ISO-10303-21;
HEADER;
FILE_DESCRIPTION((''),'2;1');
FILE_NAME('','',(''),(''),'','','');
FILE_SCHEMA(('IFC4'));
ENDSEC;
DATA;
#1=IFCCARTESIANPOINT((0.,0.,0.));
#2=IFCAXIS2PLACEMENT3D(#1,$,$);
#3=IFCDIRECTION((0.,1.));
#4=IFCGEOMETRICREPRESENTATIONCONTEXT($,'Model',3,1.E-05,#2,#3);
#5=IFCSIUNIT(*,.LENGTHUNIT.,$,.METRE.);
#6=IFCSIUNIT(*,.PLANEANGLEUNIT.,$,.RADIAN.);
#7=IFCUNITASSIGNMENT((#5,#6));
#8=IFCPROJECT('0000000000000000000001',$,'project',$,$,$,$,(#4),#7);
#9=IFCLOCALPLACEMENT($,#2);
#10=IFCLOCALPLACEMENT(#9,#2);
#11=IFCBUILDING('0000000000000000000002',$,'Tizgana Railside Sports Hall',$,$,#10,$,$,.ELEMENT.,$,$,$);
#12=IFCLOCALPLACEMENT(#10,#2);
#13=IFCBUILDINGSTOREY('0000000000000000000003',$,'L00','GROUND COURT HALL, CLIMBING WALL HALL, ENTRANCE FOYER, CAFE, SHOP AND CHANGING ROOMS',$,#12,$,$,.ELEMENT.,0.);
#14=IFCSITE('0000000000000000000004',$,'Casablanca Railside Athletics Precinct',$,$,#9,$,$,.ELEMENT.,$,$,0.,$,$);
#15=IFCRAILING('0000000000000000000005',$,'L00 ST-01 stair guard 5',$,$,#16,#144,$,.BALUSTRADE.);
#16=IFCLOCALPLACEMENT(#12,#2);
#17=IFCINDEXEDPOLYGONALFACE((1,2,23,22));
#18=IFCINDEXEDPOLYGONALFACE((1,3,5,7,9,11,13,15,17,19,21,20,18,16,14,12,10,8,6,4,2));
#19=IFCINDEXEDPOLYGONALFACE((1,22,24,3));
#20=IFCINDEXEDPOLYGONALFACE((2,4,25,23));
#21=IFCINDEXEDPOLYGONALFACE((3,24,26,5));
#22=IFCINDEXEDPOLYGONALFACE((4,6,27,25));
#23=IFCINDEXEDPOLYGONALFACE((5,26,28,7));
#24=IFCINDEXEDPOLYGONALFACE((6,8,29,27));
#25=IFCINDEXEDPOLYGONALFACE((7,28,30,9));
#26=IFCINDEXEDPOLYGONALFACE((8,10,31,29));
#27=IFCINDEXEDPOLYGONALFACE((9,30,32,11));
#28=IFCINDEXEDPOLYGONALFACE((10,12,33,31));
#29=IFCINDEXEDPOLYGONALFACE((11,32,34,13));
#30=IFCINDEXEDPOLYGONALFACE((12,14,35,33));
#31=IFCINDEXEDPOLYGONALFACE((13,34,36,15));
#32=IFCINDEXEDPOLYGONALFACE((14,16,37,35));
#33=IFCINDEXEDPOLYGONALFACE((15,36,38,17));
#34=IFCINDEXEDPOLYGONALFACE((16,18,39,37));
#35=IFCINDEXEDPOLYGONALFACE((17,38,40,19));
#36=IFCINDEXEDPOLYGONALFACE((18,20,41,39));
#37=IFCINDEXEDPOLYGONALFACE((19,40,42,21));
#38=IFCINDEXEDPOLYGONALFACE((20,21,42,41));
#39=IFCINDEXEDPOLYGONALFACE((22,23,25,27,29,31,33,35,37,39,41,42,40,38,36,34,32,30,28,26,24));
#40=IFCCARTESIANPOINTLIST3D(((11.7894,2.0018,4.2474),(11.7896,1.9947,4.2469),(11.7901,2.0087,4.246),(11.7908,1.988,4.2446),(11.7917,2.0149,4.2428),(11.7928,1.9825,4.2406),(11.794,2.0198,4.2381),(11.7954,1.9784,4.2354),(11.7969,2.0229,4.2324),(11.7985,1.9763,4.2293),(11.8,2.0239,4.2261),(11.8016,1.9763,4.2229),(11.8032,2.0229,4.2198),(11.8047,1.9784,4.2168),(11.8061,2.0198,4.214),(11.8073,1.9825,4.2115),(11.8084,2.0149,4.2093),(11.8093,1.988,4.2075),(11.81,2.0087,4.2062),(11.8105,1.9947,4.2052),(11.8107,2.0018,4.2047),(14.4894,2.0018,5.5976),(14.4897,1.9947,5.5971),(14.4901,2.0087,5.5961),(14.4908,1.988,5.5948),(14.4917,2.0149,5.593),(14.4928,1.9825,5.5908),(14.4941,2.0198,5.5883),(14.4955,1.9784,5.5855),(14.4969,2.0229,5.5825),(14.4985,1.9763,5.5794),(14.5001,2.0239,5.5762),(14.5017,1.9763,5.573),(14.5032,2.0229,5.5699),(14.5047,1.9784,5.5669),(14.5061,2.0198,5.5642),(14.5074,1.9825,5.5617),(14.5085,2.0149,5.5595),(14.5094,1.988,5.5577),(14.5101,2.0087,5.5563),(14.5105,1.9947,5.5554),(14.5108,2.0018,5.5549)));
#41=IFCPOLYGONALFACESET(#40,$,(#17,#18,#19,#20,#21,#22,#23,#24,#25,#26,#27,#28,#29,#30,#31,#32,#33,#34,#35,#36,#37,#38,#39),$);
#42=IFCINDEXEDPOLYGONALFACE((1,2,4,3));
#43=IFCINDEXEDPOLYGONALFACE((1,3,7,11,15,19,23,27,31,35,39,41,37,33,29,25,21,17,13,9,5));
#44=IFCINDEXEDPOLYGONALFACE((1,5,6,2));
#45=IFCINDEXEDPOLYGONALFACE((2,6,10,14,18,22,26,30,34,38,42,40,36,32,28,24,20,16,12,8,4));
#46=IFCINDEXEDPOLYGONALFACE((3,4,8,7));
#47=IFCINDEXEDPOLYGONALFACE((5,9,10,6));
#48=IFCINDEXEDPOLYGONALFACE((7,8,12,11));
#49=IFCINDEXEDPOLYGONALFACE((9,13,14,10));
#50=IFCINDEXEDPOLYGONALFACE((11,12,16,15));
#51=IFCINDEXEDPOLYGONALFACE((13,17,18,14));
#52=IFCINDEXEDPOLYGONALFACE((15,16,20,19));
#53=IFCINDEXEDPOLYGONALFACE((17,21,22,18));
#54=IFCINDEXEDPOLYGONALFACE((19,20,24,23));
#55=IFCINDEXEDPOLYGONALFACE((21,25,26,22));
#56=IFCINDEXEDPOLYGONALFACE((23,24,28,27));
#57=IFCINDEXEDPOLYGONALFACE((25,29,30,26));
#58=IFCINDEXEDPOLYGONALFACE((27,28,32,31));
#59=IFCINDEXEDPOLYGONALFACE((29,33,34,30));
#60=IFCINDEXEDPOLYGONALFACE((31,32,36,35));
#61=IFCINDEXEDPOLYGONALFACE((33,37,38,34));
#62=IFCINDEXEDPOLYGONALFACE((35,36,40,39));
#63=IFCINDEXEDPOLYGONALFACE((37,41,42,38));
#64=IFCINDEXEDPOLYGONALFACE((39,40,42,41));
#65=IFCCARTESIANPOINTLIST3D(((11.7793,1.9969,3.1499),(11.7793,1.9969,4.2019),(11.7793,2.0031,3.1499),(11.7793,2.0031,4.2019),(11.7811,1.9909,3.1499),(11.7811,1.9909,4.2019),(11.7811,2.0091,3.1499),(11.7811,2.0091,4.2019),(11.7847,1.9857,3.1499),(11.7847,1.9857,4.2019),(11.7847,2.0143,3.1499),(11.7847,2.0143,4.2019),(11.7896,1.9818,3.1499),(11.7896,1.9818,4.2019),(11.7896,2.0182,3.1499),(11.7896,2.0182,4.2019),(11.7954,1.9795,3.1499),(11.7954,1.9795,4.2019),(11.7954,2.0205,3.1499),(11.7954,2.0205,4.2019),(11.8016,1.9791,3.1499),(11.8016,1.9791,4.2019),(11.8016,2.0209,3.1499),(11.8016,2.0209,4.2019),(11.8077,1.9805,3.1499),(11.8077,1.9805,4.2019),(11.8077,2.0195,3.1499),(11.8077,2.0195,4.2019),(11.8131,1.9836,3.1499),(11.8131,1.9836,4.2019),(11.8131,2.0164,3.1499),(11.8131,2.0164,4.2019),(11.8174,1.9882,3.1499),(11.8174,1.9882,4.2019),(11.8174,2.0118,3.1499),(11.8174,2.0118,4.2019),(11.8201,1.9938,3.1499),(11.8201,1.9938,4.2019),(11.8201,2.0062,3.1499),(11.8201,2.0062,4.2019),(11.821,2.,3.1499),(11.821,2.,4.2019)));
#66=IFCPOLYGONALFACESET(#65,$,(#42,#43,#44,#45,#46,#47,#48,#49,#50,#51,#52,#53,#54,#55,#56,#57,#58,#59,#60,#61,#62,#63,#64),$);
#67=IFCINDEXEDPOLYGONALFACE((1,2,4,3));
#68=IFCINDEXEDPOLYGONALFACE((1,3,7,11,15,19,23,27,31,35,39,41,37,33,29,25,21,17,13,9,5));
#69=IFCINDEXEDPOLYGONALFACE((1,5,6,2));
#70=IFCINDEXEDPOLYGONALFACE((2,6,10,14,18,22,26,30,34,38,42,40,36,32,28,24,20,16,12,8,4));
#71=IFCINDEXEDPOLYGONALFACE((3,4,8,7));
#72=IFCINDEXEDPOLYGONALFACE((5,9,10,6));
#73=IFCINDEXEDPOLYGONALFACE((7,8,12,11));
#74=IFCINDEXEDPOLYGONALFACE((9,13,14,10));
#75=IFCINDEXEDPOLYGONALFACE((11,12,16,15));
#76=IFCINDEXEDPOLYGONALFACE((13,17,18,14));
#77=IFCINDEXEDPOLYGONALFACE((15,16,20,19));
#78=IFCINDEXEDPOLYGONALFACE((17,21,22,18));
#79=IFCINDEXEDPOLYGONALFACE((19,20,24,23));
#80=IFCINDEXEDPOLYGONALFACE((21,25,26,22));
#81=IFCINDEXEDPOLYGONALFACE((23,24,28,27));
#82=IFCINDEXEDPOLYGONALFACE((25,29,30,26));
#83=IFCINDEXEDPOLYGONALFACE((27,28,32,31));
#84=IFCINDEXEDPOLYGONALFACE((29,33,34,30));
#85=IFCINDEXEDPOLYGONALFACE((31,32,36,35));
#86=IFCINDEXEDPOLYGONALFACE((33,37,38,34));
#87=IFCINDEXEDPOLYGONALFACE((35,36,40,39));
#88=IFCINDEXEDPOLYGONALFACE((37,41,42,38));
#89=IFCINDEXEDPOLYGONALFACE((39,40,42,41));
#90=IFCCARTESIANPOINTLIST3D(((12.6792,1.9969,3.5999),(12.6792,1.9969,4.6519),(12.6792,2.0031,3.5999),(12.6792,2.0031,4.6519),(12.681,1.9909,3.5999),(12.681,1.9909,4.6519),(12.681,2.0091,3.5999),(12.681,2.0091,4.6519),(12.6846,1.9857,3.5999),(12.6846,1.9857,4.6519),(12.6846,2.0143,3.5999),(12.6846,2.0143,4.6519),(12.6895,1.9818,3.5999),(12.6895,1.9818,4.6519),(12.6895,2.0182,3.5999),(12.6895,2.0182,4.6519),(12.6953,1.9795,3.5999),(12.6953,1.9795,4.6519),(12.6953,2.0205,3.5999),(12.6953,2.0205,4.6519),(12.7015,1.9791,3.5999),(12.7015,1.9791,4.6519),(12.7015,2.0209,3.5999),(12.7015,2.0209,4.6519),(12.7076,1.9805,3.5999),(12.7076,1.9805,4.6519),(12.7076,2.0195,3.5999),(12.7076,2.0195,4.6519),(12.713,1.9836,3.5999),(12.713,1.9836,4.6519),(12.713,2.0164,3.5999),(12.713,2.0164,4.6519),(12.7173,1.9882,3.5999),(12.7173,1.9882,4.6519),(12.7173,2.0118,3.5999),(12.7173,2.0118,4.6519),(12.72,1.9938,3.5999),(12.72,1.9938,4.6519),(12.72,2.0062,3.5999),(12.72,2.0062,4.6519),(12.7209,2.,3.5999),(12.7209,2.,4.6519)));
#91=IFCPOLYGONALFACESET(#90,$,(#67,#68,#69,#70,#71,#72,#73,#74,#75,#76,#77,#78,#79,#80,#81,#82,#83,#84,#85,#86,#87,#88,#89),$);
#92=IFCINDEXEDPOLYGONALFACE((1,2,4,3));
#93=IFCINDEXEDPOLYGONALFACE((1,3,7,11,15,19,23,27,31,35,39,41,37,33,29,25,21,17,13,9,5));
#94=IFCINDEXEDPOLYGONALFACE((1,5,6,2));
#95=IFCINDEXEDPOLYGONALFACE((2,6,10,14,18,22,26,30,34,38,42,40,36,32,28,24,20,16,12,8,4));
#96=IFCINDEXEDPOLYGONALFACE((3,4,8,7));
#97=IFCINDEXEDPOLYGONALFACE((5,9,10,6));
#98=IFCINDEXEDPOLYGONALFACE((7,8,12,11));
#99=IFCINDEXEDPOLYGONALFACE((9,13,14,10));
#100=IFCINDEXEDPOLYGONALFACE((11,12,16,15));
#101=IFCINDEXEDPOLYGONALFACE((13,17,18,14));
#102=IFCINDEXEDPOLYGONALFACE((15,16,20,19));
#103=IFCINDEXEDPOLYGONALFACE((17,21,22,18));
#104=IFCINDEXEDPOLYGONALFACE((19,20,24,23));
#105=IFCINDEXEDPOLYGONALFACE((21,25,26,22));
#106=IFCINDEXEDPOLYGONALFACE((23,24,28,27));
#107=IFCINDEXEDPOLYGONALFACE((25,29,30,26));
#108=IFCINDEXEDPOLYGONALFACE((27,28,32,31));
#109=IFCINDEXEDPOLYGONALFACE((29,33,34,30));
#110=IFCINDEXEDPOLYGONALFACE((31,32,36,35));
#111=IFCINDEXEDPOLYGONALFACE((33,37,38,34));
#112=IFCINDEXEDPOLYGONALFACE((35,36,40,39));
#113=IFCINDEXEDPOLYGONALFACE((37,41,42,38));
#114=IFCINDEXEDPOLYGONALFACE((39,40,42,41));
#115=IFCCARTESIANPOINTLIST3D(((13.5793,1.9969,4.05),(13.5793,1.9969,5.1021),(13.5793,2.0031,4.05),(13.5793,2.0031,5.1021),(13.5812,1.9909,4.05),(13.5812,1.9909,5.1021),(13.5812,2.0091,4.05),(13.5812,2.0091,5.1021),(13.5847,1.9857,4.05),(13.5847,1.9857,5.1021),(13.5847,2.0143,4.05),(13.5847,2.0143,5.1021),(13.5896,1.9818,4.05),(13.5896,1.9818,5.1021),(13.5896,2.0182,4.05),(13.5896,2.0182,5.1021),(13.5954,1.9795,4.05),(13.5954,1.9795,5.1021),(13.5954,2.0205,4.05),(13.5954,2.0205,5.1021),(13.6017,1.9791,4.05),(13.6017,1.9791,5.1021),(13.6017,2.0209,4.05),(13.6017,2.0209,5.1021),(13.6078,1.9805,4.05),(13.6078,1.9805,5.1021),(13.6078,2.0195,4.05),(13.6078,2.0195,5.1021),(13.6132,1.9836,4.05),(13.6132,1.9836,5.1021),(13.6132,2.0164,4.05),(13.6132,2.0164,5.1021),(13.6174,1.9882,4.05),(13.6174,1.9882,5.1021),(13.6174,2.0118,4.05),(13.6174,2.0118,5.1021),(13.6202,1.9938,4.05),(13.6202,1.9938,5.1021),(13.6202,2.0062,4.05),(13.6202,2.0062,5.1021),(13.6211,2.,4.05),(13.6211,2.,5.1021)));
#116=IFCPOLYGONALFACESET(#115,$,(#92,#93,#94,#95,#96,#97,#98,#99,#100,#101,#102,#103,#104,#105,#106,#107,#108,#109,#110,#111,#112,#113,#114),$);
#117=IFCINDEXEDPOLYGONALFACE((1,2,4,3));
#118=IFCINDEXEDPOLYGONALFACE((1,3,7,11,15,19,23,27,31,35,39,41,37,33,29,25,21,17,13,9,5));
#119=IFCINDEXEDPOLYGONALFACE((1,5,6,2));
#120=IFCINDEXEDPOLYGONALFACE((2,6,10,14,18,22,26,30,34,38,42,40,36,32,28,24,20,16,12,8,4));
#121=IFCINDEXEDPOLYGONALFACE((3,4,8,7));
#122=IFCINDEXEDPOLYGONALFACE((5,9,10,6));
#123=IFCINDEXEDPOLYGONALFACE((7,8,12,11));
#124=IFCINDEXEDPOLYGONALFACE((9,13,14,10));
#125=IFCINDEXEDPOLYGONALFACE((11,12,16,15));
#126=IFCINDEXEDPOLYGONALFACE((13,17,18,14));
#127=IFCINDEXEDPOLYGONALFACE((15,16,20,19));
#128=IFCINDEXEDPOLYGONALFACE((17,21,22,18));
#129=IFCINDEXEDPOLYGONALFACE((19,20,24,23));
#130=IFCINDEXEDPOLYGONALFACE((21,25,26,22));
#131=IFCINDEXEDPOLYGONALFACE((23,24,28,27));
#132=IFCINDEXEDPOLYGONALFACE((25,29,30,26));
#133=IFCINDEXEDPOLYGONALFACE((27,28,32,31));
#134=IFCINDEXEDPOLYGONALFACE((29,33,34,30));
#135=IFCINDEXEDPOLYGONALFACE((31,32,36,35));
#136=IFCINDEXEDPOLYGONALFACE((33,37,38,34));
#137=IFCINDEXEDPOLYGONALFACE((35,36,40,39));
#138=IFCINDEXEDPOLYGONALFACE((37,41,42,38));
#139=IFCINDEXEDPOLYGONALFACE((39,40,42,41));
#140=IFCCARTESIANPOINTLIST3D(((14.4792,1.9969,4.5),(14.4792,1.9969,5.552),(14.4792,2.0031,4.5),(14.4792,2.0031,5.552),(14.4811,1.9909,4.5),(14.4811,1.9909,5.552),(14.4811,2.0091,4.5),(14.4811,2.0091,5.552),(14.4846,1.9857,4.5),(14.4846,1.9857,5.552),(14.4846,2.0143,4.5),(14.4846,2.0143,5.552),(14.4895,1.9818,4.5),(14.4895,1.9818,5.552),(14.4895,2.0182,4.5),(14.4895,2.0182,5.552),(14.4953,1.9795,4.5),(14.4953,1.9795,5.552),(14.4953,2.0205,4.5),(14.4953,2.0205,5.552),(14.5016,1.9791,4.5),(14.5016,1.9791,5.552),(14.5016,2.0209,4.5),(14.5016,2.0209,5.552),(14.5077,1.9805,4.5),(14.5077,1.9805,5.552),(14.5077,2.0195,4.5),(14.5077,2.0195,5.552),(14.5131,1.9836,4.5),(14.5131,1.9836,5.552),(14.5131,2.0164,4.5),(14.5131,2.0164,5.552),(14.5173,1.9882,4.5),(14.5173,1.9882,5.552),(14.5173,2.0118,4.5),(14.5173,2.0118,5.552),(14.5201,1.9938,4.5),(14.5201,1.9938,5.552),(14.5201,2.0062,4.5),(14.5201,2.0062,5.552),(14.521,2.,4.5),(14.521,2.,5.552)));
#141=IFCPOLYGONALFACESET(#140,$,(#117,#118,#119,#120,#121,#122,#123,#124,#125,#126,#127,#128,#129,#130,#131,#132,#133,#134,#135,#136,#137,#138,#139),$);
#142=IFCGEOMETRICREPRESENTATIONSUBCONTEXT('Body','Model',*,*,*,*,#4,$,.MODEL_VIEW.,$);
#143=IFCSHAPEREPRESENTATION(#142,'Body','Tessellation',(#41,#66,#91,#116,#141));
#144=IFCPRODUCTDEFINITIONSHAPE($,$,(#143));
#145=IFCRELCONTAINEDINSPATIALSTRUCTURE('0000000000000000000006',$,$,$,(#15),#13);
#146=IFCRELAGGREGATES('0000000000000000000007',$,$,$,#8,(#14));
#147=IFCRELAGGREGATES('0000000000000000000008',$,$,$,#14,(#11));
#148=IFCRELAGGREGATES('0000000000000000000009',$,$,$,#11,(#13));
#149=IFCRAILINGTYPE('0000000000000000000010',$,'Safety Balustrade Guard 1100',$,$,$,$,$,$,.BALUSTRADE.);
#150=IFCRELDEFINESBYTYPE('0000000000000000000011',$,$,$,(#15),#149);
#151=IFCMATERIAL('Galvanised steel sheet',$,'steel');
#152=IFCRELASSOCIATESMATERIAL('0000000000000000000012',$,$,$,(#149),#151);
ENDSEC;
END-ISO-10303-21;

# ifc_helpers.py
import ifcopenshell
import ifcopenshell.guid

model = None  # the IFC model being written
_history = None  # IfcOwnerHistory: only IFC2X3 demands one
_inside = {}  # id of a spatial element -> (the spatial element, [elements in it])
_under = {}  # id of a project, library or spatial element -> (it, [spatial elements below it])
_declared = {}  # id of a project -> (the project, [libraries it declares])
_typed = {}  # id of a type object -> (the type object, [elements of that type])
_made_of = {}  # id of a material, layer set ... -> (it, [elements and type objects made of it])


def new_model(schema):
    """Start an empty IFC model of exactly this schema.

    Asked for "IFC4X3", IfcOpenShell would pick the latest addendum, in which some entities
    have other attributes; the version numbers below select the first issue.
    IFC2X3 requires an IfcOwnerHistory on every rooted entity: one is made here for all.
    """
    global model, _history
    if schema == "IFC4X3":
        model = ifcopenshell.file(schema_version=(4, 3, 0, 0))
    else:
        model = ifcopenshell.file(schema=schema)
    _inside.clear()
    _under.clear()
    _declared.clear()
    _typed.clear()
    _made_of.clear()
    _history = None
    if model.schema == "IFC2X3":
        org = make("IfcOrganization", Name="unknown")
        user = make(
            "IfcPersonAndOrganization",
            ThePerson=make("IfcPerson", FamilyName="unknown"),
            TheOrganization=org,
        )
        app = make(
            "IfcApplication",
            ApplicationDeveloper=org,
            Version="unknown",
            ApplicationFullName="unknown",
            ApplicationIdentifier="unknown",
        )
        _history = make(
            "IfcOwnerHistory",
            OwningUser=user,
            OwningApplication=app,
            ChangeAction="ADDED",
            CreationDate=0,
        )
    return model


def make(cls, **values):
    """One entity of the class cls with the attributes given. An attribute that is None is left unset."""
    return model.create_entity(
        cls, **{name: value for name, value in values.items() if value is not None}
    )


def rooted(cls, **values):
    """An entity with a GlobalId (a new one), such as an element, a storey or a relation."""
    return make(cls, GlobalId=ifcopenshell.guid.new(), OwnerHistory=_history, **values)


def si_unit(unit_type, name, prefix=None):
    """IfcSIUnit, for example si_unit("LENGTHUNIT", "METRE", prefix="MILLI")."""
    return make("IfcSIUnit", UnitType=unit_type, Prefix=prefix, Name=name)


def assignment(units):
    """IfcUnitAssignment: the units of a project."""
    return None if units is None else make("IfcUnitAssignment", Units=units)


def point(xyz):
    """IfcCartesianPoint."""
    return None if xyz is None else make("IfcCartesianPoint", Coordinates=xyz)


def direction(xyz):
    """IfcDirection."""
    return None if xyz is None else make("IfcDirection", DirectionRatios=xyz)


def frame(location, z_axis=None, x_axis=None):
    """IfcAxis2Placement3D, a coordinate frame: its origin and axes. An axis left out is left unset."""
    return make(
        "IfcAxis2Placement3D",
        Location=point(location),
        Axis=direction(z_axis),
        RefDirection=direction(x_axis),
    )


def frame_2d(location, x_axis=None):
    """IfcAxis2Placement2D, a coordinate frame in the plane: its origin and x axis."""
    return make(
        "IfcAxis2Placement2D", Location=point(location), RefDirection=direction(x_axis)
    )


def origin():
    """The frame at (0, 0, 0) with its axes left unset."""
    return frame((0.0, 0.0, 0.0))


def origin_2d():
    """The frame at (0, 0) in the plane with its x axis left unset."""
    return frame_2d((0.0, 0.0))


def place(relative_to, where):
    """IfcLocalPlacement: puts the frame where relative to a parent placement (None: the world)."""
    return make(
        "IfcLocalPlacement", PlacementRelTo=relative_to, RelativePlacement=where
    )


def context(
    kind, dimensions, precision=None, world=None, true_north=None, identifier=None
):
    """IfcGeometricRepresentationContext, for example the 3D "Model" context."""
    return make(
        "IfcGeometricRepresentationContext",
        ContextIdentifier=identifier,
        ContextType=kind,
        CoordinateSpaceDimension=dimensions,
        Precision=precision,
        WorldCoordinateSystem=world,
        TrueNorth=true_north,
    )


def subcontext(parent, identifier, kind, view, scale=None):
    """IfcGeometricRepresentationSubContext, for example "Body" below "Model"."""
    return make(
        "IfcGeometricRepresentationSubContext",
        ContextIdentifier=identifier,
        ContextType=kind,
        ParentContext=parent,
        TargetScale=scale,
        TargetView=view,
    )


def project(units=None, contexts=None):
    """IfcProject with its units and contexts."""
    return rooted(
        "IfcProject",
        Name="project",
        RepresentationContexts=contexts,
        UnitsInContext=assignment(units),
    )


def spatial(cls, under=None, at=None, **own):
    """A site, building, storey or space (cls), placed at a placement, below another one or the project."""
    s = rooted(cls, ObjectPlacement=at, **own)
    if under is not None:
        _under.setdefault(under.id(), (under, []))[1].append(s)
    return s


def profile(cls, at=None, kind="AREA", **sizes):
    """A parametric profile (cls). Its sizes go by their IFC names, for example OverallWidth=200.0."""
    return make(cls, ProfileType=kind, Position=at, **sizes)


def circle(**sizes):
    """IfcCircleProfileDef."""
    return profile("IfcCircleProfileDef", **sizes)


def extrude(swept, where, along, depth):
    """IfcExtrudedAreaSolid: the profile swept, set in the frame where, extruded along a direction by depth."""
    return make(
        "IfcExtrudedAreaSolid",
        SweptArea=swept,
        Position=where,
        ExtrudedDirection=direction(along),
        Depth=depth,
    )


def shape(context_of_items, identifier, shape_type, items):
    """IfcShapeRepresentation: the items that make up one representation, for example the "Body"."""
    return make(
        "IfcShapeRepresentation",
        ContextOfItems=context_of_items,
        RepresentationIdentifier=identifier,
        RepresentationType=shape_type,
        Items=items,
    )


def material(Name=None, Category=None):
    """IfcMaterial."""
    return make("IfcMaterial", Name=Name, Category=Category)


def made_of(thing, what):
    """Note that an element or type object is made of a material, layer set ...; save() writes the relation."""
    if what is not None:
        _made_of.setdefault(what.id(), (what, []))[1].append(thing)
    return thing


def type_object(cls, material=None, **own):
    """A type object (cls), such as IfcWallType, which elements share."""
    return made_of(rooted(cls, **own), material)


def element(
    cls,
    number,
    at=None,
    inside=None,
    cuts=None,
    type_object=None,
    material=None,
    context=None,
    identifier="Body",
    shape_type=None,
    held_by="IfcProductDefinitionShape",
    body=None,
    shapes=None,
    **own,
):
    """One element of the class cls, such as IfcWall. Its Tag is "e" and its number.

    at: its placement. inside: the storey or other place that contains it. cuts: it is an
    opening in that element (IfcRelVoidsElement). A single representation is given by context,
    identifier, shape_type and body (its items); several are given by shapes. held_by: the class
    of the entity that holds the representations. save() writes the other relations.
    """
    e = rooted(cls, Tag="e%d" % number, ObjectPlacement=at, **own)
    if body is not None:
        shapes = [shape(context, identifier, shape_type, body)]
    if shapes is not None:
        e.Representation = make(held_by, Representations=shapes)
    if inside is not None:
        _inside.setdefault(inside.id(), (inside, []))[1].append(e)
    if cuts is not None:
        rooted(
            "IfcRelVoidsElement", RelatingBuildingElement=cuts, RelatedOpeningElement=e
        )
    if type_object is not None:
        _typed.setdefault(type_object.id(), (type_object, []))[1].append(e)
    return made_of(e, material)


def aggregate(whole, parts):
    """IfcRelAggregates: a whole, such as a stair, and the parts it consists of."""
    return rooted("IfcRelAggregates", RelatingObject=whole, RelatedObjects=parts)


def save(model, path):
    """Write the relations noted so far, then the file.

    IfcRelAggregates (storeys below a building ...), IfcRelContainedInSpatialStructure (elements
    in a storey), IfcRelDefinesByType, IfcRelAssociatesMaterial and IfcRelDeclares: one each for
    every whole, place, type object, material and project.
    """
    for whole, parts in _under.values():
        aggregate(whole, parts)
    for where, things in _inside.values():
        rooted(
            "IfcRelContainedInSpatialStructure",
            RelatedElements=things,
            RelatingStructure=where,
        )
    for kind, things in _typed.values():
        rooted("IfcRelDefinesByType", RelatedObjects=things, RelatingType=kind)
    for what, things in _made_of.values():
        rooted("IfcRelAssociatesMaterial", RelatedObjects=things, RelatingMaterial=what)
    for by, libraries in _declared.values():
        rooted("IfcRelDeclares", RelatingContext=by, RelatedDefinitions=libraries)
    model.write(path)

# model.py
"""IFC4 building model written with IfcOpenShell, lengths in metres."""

from ifc_helpers import new_model, si_unit, direction, frame, origin, origin_2d, place, context, subcontext, project, spatial, circle, extrude, material, type_object, element, save


model = new_model("IFC4")

# Units and contexts
model_context = context("Model", 3, precision=1e-05, world=origin(), true_north=direction((0.0, 1.0)))
body_context = subcontext(model_context, "Body", "Model", "MODEL_VIEW")
ifc_project = project(units=[si_unit("LENGTHUNIT", "METRE"), si_unit("PLANEANGLEUNIT", "RADIAN")], contexts=[model_context])

# Site, building, storey
site_placement = place(None, origin())
site = spatial("IfcSite", under=ifc_project, at=site_placement, Name="Casablanca Railside Athletics Precinct", CompositionType="ELEMENT", RefElevation=0.0)
building_placement = place(site_placement, origin())
building = spatial("IfcBuilding", under=site, at=building_placement, Name="Tizgana Railside Sports Hall", CompositionType="ELEMENT")
storey_placement = place(building_placement, origin())
storey = spatial("IfcBuildingStorey", under=building, at=storey_placement, Name="L00", Description="GROUND COURT HALL, CLIMBING WALL HALL, ENTRANCE FOYER, CAFE, SHOP AND CHANGING ROOMS", CompositionType="ELEMENT", Elevation=0.0)

# Railing
ifc_material_1 = material(Name="Galvanised steel sheet", Category="steel")
railing_type_1 = type_object("IfcRailingType", Name="Safety Balustrade Guard 1100", PredefinedType="BALUSTRADE", material=ifc_material_1)
railing_1_placement = place(storey_placement, frame((11.8, 2.0, 3.1499)))
element("IfcRailing", 1, at=railing_1_placement, inside=storey, type_object=railing_type_1, Name="L00 ST-01 stair guard 5", PredefinedType="BALUSTRADE", context=body_context, shape_type="SweptSolid", body=[
    extrude(circle(Radius=0.0239, at=origin_2d()), frame((0.0, 0.0, 1.0762), z_axis=(0.894411, 0.0, 0.447246), x_axis=(0.0, 1.0, 0.0)), (0.0, 0.0, 1.0), 3.0188),
    extrude(circle(Radius=0.021, at=origin_2d()), origin(), (0.0, 0.0, 1.0), 1.052),
    extrude(circle(Radius=0.021, at=origin_2d()), frame((0.8999, 0.0, 0.45)), (0.0, 0.0, 1.0), 1.052),
    extrude(circle(Radius=0.021, at=origin_2d()), frame((1.8, 0.0, 0.9001)), (0.0, 0.0, 1.0), 1.052),
    extrude(circle(Radius=0.021, at=origin_2d()), frame((2.7, 0.0, 1.3501)), (0.0, 0.0, 1.0), 1.052),
])

save(model, "model.ifc")
